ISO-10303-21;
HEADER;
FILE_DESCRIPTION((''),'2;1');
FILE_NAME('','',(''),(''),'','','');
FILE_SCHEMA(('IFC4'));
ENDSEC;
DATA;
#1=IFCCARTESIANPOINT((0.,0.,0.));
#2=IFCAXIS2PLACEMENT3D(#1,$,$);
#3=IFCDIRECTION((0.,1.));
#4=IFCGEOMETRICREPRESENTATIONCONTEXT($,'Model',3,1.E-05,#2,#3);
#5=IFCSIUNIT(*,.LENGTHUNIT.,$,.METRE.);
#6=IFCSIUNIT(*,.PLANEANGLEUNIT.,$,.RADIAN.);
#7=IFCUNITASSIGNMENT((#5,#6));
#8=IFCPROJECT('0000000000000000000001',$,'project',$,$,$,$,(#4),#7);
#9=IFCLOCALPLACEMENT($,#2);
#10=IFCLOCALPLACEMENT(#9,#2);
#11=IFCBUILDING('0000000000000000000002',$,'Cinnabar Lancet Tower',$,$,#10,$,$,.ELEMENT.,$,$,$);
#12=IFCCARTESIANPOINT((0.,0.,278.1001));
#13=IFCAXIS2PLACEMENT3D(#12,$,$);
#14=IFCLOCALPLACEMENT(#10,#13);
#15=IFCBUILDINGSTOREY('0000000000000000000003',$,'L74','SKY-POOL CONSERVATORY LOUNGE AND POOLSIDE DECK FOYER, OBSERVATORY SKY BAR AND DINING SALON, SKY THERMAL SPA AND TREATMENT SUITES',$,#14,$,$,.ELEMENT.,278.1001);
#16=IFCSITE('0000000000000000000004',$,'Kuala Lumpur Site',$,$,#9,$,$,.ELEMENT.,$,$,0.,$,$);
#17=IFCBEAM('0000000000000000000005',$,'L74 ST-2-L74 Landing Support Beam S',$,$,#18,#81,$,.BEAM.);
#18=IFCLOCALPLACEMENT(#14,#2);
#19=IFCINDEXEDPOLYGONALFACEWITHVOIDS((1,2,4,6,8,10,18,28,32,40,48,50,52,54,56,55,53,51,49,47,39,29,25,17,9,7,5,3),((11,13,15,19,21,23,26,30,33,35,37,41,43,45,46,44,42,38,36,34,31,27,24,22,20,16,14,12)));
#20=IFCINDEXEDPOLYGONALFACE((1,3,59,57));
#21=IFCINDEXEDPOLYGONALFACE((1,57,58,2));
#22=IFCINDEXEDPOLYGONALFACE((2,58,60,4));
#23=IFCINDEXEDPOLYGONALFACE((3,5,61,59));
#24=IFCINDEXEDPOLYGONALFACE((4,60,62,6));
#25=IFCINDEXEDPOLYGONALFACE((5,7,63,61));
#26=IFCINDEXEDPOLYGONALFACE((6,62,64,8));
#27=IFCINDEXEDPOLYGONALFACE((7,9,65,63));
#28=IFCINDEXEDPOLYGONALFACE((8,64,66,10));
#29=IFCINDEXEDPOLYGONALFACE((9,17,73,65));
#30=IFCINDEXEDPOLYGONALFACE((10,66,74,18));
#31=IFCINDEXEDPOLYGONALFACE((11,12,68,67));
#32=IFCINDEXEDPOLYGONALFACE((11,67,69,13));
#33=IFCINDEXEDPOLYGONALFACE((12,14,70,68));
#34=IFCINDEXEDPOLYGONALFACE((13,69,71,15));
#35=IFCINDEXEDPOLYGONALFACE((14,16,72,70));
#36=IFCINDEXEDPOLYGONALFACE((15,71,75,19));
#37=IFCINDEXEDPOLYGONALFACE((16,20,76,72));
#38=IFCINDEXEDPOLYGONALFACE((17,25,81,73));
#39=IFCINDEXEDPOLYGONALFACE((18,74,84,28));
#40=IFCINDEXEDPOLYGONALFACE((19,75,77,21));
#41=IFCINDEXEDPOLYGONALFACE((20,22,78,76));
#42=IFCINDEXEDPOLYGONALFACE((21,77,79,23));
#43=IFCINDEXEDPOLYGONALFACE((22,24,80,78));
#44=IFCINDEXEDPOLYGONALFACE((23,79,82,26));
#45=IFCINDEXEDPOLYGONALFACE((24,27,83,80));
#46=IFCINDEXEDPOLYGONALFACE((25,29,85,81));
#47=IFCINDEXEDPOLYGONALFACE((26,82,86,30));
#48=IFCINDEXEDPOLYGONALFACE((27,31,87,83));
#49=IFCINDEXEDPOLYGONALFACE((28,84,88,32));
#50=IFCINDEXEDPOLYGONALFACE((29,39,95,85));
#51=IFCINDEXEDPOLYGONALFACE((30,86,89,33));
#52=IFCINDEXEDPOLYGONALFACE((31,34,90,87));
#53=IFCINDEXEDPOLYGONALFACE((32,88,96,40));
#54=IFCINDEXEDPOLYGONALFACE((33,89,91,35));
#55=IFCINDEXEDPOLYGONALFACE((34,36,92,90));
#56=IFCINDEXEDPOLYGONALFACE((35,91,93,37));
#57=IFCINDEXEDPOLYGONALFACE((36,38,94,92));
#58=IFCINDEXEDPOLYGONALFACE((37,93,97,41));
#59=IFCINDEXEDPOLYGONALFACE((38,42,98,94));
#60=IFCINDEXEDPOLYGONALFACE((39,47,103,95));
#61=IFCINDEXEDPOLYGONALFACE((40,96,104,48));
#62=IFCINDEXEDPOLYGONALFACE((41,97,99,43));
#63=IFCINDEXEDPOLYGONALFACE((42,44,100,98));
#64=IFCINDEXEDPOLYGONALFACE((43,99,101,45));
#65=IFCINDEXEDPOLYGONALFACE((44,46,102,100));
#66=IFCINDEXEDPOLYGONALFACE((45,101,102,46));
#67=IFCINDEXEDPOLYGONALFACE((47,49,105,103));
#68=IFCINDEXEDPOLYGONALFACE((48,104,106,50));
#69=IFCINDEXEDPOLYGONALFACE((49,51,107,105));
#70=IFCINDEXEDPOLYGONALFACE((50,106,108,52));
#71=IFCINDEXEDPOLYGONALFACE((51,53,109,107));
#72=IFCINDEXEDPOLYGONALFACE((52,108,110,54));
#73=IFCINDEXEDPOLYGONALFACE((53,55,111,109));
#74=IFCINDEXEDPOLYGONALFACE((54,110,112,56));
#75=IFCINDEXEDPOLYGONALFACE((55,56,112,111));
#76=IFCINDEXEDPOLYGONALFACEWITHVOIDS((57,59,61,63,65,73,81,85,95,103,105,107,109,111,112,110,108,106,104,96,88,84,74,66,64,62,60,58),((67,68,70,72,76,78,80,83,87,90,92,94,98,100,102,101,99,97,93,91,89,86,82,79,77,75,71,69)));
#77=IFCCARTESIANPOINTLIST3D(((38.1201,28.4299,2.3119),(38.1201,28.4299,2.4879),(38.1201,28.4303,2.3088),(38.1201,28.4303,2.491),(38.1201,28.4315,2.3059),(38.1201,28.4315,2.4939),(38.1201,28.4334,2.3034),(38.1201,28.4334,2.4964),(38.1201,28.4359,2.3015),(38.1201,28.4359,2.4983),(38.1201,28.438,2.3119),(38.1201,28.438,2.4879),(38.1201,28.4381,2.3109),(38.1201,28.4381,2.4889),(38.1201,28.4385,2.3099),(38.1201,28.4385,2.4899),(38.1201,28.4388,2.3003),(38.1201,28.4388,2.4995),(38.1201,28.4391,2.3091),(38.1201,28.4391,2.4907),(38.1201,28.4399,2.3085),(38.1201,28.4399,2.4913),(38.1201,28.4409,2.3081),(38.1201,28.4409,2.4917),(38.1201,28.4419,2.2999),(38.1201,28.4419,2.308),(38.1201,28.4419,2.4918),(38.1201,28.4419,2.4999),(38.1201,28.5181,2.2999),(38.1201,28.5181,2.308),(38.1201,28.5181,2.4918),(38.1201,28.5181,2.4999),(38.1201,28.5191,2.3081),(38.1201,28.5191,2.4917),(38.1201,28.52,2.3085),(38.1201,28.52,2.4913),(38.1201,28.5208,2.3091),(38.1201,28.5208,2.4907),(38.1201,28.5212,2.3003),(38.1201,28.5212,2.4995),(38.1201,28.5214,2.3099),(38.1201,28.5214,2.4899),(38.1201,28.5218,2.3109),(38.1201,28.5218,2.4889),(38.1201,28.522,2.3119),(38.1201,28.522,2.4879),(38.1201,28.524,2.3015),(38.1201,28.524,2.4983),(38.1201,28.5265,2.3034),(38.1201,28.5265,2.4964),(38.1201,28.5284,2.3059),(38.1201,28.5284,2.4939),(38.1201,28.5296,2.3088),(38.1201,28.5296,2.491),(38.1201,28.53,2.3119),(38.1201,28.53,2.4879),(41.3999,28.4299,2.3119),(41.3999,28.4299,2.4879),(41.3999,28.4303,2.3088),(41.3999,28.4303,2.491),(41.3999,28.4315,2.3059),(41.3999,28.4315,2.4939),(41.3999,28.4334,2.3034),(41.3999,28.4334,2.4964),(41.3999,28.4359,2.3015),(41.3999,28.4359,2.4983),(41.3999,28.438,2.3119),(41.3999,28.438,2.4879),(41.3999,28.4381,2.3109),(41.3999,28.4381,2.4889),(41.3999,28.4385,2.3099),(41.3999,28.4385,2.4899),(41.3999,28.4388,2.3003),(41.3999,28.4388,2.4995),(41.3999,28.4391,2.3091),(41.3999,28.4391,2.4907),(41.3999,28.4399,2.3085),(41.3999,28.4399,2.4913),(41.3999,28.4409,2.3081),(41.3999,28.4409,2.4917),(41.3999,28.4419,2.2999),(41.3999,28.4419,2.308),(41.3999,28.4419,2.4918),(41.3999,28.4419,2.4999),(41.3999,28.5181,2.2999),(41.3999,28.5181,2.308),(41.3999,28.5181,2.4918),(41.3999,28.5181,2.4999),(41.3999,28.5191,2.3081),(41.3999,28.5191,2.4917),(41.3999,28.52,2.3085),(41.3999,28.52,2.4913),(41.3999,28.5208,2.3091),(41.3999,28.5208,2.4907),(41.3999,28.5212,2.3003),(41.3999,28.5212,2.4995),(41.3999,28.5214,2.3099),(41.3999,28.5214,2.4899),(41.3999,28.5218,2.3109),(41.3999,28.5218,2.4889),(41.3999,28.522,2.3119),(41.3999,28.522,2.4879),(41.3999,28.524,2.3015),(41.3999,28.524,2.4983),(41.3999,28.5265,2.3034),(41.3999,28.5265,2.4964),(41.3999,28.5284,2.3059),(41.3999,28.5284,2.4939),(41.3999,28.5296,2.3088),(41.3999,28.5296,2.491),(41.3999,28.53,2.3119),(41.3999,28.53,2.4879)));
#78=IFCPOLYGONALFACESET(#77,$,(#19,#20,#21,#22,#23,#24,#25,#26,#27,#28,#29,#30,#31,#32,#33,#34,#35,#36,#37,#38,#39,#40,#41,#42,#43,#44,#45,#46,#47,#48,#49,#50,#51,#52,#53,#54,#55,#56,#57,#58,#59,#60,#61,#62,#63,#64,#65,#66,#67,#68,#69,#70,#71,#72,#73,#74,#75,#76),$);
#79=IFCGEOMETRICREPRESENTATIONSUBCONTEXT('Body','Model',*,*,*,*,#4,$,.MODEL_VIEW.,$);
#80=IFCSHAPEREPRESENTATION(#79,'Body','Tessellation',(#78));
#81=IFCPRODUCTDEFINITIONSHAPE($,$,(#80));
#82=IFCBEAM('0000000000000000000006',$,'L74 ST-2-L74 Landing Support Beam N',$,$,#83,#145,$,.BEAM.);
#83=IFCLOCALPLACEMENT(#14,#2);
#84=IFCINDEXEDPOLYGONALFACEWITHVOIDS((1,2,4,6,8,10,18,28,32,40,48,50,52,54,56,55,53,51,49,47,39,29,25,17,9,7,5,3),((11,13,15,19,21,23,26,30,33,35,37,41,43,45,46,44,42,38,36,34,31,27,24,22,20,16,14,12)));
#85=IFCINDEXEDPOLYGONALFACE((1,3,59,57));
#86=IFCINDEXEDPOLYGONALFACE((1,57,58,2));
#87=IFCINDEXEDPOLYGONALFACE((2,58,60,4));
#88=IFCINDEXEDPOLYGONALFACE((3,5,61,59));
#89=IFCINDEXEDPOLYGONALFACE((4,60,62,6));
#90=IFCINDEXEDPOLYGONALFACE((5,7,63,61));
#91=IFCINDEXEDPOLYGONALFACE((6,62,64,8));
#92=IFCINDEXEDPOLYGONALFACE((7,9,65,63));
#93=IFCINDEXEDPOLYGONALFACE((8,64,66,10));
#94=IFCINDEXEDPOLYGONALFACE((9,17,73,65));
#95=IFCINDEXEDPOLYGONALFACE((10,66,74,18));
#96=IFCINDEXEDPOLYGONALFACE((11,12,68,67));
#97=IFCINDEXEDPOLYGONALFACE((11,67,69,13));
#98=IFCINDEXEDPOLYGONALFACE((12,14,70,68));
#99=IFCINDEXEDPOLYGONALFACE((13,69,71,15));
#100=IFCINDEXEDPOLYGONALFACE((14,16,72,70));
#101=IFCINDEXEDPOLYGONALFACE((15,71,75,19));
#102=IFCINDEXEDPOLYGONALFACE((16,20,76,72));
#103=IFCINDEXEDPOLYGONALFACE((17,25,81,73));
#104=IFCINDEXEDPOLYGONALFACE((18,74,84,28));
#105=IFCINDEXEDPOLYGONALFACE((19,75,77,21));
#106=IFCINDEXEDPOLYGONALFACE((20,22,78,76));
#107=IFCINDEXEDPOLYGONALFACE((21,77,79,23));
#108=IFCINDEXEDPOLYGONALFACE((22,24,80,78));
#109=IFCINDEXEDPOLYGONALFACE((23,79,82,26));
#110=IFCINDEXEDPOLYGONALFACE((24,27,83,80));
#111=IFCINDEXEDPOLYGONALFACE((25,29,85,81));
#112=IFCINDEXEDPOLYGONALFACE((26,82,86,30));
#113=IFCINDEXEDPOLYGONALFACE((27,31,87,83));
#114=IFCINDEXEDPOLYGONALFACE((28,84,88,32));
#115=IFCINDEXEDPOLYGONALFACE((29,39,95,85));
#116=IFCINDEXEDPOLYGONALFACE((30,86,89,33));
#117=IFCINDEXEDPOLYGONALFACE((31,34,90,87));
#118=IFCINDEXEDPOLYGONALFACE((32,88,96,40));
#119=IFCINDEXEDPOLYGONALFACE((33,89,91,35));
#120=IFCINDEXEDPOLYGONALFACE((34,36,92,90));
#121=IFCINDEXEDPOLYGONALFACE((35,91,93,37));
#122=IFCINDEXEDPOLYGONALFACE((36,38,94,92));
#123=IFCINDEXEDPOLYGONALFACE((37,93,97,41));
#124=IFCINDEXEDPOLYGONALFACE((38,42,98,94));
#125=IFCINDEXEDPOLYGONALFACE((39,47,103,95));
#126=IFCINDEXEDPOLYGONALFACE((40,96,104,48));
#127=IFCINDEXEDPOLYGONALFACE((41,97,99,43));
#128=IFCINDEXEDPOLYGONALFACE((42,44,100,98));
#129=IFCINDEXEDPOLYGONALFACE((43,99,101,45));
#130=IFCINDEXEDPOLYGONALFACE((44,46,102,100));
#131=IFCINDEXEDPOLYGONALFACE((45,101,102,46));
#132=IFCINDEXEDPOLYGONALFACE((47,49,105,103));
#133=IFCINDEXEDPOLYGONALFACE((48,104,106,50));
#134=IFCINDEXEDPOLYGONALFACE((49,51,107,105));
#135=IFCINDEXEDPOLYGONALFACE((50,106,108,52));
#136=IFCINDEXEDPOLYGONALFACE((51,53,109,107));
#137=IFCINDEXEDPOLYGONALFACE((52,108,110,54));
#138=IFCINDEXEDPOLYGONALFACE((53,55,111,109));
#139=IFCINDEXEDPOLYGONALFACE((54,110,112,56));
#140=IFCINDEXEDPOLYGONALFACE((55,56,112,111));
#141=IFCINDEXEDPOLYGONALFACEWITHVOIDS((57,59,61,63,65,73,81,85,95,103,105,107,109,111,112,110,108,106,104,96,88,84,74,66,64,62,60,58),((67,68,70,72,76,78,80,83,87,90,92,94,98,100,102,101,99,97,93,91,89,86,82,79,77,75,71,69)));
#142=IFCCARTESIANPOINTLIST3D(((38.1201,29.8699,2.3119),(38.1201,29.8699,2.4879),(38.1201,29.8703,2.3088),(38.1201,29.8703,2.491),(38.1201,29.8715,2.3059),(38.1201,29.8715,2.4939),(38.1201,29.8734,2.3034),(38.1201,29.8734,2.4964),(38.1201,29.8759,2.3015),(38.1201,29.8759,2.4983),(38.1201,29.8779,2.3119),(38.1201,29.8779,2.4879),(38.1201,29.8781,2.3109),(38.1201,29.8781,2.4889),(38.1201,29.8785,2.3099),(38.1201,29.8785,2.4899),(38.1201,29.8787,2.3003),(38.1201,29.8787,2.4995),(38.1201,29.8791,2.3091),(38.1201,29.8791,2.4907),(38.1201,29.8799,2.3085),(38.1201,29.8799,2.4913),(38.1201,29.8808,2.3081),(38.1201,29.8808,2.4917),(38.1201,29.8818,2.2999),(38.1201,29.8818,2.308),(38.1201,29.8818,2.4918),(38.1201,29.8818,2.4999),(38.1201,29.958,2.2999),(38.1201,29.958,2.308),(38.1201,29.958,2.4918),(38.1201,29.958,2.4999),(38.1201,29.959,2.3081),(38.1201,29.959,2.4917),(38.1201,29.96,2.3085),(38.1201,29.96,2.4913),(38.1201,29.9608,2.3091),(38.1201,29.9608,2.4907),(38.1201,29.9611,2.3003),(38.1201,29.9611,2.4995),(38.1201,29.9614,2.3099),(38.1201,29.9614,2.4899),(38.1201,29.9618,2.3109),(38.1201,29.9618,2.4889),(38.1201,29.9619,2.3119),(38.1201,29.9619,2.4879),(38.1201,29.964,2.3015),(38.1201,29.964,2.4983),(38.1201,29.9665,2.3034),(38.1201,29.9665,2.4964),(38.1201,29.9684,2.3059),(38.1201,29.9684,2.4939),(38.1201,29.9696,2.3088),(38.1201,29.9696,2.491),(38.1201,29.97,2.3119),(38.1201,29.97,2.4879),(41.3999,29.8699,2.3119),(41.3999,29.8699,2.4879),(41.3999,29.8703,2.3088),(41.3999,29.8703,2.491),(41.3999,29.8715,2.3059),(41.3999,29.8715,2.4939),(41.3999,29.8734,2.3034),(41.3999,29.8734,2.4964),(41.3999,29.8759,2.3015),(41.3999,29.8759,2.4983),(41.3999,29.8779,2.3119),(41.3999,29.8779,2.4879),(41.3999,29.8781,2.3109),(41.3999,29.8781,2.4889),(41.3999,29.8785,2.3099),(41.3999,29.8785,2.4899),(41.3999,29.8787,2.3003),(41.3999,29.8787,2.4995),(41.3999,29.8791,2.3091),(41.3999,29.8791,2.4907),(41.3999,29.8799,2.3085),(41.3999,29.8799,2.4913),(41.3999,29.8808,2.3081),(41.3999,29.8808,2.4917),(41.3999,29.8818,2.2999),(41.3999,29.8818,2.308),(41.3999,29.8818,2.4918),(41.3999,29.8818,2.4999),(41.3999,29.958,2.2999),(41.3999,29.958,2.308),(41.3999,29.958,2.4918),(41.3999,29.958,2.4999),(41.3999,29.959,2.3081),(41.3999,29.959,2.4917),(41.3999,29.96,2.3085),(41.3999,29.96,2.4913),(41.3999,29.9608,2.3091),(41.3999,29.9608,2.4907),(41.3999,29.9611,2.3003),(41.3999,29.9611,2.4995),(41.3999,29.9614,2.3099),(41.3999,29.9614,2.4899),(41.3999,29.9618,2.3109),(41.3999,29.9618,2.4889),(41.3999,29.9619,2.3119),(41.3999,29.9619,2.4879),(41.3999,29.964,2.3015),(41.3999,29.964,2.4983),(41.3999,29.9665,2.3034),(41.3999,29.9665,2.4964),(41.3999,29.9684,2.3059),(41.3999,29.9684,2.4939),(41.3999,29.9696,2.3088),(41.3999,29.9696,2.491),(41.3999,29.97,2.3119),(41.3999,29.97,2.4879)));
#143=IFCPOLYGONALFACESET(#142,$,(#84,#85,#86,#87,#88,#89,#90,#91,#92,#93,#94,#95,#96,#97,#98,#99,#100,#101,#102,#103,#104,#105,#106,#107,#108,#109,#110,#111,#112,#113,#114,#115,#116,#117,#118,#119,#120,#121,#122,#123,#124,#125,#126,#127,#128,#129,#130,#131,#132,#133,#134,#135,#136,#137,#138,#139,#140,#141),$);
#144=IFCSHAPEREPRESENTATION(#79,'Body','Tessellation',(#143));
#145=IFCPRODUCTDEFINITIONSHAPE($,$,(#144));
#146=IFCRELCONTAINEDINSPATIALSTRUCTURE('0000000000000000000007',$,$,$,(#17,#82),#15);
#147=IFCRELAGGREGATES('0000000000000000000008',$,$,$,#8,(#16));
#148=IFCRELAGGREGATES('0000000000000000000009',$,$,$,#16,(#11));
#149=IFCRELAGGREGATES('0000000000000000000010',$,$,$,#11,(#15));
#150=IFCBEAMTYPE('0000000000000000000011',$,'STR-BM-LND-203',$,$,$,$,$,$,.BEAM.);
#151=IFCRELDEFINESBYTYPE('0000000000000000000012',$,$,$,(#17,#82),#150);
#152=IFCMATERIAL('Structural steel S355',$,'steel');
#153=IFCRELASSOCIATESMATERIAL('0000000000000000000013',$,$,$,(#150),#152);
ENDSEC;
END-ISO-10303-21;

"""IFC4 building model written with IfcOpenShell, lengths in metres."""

from ifc_helpers import new_model, si_unit, direction, frame, origin, origin_2d, place, context, subcontext, project, spatial, hollow_rectangle, extrude, material, material_profile, profile_set, type_object, element, save


model = new_model("IFC4")

# Units and contexts
model_context = context("Model", 3, precision=1e-05, world=origin(), true_north=direction((0.0, 1.0)))
body_context = subcontext(model_context, "Body", "Model", "MODEL_VIEW")
ifc_project = project(units=[si_unit("LENGTHUNIT", "METRE"), si_unit("PLANEANGLEUNIT", "RADIAN")], contexts=[model_context])

# Site, building, storey
site_placement = place(None, origin())
site = spatial("IfcSite", under=ifc_project, at=site_placement, Name="Kuala Lumpur Site", CompositionType="ELEMENT", RefElevation=0.0)
building_placement = place(site_placement, origin())
building = spatial("IfcBuilding", under=site, at=building_placement, Name="Cinnabar Lancet Tower", CompositionType="ELEMENT")
storey_placement = place(building_placement, frame((0.0, 0.0, 278.1001)))
storey = spatial("IfcBuildingStorey", under=building, at=storey_placement, Name="L74", Description="SKY-POOL CONSERVATORY LOUNGE AND POOLSIDE DECK FOYER, OBSERVATORY SKY BAR AND DINING SALON, SKY THERMAL SPA AND TREATMENT SUITES", CompositionType="ELEMENT", Elevation=278.1001)

# Beams
ifc_material_1 = material(Name="Structural steel S355", Category="steel")
ifc_material_profile = material_profile(ifc_material_1, hollow_rectangle(XDim=0.1001, YDim=0.2, WallThickness=0.0081, InnerFilletRadius=0.0039, OuterFilletRadius=0.012, at=origin_2d()), Name="RHS 200x100x8")
ifc_profile_set = profile_set([ifc_material_profile], Name="Structural steel S355")
beam_type = type_object("IfcBeamType", Name="STR-BM-LND-203", PredefinedType="BEAM", material=ifc_profile_set)
for number, where, z_axis, x_axis, name in (
    (1, (38.1201, 28.48, 2.3999), (1.0, 0.0, 0.0), (0.0, 1.0, 0.0), "L74 ST-2-L74 Landing Support Beam S"),
    (2, (38.1201, 29.9199, 2.3999), (1.0, 0.0, 0.0), (0.0, 1.0, 0.0), "L74 ST-2-L74 Landing Support Beam N"),
):
    element("IfcBeam", number, at=place(storey_placement, frame(where, z_axis=z_axis, x_axis=x_axis)), inside=storey, type_object=beam_type, Name=name, PredefinedType="BEAM", context=body_context, shape_type="SweptSolid", body=[
        extrude(hollow_rectangle(XDim=0.1001, YDim=0.2, WallThickness=0.0081, InnerFilletRadius=0.0039, OuterFilletRadius=0.012, at=origin_2d()), origin(), (0.0, 0.0, 1.0), 3.2798),
    ])

save(model, "model.ifc")
